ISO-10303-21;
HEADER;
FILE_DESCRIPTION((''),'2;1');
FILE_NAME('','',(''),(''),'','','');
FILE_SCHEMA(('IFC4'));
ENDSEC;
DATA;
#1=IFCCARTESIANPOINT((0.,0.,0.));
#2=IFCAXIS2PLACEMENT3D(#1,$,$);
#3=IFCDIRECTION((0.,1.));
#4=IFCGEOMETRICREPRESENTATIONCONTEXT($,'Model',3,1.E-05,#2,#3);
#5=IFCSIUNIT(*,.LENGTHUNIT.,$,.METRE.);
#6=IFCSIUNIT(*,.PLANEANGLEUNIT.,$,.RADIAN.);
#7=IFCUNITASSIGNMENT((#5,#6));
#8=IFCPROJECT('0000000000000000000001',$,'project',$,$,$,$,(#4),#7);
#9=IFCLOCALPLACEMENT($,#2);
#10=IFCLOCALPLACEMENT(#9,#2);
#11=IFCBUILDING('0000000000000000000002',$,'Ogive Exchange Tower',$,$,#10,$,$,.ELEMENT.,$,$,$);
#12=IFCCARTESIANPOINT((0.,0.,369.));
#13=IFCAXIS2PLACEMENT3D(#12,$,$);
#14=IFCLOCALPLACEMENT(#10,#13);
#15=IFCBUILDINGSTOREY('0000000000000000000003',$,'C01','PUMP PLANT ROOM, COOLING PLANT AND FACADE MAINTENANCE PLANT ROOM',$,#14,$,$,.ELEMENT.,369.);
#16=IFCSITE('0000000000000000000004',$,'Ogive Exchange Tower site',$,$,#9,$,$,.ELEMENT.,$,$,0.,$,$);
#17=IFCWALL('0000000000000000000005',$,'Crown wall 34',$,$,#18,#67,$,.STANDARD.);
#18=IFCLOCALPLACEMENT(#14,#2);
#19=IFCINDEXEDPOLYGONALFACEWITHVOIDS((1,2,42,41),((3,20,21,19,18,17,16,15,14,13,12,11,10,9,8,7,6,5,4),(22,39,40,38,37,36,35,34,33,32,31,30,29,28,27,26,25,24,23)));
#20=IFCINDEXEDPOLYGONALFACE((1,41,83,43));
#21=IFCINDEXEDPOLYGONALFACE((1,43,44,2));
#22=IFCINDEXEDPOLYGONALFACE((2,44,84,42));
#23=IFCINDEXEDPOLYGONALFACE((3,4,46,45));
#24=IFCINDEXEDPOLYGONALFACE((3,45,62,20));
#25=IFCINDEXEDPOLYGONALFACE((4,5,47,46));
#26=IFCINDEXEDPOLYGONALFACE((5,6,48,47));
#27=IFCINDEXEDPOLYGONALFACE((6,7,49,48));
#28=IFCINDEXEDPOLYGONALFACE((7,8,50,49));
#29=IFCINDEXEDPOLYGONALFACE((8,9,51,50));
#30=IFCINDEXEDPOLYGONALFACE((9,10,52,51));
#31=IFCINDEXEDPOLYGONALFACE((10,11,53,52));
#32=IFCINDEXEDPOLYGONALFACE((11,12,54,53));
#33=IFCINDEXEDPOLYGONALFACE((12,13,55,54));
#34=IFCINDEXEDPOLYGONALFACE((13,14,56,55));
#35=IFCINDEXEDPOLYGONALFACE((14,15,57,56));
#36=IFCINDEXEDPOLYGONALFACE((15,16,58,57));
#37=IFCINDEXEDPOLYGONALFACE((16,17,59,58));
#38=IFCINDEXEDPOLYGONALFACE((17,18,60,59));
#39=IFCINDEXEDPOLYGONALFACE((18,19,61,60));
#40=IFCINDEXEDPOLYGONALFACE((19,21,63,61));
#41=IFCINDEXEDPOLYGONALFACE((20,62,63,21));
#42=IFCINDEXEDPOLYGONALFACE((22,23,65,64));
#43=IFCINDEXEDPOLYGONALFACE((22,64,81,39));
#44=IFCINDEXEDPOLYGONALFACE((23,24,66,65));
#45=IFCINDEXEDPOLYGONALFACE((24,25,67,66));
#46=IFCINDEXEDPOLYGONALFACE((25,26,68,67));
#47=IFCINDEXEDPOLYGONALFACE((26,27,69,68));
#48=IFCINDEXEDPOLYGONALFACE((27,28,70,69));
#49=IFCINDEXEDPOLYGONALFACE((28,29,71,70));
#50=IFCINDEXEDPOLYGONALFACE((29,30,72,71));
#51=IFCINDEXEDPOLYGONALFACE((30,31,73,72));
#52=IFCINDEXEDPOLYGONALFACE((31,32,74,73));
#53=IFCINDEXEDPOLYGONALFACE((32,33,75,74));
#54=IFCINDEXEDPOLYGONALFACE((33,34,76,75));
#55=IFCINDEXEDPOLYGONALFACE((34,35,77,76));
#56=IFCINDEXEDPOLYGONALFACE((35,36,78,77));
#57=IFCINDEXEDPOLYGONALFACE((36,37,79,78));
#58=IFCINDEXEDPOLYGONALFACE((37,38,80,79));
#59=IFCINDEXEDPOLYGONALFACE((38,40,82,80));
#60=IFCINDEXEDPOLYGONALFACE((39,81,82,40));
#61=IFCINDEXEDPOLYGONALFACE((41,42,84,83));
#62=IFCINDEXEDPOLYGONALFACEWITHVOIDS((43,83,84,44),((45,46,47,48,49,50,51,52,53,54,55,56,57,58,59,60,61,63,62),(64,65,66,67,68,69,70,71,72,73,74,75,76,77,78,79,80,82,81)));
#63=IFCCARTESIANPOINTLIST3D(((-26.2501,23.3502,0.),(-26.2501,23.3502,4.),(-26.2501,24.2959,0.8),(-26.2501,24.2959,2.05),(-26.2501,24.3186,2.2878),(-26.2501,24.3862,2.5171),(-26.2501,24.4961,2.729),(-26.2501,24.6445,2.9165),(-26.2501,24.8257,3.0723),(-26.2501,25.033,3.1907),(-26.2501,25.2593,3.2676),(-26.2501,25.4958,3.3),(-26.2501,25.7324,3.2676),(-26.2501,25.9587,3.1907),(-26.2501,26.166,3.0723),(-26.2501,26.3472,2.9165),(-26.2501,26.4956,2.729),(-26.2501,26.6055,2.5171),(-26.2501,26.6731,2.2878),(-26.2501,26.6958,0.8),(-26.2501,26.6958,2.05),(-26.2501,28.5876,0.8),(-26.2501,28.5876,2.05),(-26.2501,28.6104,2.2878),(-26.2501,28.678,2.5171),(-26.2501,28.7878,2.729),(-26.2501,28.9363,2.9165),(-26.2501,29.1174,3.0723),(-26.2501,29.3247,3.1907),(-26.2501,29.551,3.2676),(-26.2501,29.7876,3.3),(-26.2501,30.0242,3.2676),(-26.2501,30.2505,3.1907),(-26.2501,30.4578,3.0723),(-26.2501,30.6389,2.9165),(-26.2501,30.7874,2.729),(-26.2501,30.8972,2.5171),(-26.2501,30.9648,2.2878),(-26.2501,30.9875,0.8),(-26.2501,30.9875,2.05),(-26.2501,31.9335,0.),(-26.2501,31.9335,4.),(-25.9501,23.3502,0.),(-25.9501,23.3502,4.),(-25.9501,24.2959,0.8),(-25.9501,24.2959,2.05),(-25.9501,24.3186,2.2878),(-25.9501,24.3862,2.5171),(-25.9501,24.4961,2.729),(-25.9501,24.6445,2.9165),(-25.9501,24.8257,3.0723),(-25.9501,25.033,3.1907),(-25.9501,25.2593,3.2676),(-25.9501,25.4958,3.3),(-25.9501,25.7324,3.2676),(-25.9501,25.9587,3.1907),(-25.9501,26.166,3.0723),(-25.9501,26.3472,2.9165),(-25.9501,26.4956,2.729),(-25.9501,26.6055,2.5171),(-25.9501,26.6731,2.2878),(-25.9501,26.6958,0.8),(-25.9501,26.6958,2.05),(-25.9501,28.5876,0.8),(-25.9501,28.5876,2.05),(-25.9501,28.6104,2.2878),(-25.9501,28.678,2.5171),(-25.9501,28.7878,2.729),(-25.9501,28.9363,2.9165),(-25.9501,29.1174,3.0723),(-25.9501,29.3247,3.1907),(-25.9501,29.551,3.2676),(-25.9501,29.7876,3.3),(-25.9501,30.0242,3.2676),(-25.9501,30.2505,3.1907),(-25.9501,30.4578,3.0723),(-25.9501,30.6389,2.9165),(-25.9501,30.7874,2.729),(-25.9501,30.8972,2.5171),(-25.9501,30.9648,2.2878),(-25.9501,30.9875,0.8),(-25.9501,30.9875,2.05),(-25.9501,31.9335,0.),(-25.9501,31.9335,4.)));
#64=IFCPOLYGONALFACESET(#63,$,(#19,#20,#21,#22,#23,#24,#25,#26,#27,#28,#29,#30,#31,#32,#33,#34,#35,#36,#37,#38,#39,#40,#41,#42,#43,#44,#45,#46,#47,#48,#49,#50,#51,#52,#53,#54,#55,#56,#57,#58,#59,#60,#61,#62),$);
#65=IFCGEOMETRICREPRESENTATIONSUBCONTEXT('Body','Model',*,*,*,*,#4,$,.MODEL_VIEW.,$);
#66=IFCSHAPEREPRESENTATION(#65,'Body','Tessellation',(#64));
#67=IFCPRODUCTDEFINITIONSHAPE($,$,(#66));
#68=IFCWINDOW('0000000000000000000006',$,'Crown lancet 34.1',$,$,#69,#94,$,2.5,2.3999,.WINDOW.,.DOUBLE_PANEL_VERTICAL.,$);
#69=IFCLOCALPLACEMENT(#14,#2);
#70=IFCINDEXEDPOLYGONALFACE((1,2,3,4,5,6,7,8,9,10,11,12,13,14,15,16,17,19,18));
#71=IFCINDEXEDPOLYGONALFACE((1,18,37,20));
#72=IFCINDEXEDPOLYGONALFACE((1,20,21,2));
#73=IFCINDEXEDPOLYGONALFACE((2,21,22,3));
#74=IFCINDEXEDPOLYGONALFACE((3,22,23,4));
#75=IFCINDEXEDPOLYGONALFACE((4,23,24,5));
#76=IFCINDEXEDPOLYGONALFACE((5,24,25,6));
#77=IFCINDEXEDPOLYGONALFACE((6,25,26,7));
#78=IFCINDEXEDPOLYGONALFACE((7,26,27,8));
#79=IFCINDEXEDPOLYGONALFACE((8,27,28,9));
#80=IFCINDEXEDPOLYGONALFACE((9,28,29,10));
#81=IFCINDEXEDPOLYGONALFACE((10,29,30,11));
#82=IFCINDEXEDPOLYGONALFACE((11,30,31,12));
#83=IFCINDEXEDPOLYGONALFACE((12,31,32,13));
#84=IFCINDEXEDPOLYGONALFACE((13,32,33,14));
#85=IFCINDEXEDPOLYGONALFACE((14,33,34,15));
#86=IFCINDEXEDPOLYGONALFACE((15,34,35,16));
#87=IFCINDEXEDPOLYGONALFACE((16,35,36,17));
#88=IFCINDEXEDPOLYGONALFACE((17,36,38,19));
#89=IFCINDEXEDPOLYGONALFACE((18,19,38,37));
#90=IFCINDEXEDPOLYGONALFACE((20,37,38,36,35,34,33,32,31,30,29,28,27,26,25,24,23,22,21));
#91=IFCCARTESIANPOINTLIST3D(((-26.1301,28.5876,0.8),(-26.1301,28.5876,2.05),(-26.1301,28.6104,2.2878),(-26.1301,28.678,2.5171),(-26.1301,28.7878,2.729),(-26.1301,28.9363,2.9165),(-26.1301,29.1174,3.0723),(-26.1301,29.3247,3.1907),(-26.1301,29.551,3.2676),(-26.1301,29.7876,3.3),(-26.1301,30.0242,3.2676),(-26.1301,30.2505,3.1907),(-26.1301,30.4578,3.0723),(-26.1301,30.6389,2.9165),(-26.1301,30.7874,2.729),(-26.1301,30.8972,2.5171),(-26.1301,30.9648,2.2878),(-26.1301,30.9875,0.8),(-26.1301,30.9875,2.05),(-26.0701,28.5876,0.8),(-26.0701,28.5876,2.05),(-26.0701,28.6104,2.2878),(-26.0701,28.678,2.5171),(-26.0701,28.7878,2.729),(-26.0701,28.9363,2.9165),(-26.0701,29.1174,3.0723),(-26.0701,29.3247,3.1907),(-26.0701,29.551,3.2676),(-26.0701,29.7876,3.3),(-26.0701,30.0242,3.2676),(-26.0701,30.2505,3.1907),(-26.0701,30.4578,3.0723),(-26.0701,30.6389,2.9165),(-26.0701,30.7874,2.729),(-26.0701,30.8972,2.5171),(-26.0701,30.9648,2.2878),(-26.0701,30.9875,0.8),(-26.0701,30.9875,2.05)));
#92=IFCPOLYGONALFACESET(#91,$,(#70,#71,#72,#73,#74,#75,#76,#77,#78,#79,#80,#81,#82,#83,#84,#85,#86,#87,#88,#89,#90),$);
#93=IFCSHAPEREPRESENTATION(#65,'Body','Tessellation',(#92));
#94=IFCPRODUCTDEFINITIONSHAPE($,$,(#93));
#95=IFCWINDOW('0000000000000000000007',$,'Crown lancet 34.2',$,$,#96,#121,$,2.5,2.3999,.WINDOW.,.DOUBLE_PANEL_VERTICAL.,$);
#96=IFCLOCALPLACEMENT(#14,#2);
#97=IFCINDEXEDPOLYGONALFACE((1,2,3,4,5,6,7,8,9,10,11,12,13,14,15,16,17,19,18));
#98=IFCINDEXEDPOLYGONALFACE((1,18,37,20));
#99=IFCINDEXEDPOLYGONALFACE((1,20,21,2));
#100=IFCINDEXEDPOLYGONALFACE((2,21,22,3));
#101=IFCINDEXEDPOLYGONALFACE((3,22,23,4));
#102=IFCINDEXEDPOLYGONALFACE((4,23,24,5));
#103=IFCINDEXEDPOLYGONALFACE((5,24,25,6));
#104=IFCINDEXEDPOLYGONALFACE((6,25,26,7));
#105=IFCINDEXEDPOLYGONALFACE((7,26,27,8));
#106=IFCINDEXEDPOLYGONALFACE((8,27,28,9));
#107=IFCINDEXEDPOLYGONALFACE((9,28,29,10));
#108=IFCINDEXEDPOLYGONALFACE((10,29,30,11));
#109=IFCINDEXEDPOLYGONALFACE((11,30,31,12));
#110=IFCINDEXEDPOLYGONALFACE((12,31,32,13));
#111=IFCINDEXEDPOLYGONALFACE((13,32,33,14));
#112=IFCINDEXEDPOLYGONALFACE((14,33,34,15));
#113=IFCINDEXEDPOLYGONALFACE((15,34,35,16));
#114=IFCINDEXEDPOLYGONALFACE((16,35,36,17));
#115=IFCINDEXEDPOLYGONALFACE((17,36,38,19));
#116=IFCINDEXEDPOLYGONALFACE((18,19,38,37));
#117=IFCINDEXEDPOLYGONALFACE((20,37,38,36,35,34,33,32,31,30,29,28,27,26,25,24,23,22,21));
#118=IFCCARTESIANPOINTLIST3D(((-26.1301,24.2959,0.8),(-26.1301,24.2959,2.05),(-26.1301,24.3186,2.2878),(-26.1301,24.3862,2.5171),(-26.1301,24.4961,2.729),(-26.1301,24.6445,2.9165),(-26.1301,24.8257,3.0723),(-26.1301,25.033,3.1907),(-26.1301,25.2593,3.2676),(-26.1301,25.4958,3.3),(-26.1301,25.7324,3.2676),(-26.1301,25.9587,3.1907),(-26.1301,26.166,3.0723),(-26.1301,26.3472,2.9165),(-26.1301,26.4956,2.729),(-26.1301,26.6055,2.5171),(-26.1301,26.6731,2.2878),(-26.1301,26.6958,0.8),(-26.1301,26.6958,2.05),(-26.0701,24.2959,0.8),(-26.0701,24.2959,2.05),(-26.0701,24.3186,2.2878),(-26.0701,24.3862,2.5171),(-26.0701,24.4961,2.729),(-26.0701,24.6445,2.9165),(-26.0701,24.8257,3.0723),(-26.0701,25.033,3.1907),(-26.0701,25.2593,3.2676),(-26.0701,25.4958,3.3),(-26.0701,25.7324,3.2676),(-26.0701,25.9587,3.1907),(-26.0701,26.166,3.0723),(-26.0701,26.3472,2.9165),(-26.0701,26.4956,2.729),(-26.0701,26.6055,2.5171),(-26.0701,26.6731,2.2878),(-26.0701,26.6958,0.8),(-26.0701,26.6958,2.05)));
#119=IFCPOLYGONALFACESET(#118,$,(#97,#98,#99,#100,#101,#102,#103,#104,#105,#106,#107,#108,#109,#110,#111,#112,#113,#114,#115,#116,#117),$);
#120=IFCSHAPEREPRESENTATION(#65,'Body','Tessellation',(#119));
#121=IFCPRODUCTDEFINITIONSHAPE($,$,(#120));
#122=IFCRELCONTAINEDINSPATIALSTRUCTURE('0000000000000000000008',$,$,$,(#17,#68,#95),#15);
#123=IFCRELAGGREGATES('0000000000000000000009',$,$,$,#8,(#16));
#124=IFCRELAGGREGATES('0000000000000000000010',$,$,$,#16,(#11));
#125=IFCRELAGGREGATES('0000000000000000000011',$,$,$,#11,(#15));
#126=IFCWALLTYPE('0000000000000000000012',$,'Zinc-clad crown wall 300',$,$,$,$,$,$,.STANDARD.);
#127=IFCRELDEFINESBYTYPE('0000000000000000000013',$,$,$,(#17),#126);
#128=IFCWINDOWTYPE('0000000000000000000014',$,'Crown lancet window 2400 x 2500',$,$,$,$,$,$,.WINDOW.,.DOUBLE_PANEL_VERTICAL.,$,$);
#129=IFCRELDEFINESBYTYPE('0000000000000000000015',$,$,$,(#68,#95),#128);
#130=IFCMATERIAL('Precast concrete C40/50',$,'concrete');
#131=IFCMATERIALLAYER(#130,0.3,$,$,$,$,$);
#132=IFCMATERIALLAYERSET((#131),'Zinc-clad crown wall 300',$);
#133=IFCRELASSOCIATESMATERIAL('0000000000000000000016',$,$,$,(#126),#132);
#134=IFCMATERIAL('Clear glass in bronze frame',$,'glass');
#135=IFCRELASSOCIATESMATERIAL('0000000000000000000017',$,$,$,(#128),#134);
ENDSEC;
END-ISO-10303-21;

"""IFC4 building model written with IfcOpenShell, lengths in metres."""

from ifc_helpers import new_model, si_unit, direction, frame, frame_2d, origin, place, context, subcontext, project, spatial, polyline, rectangle, outline, extrude, material, layer, layer_set, type_object, element, fill, save


model = new_model("IFC4")

# Units and contexts
model_context = context("Model", 3, precision=1e-05, world=origin(), true_north=direction((0.0, 1.0)))
body_context = subcontext(model_context, "Body", "Model", "MODEL_VIEW")
ifc_project = project(units=[si_unit("LENGTHUNIT", "METRE"), si_unit("PLANEANGLEUNIT", "RADIAN")], contexts=[model_context])

# Site, building, storey
site_placement = place(None, origin())
site = spatial("IfcSite", under=ifc_project, at=site_placement, Name="Ogive Exchange Tower site", CompositionType="ELEMENT", RefElevation=0.0)
building_placement = place(site_placement, origin())
building = spatial("IfcBuilding", under=site, at=building_placement, Name="Ogive Exchange Tower", CompositionType="ELEMENT")
storey_placement = place(building_placement, frame((0.0, 0.0, 369.0)))
storey = spatial("IfcBuildingStorey", under=building, at=storey_placement, Name="C01", Description="PUMP PLANT ROOM, COOLING PLANT AND FACADE MAINTENANCE PLANT ROOM", CompositionType="ELEMENT", Elevation=369.0)

# Wall, openings, windows
ifc_material_1 = material(Name="Precast concrete C40/50", Category="concrete")
ifc_layer_1 = layer(ifc_material_1, 0.3)
ifc_layer_set_1 = layer_set([ifc_layer_1], Name="Zinc-clad crown wall 300")
wall_type_1 = type_object("IfcWallType", Name="Zinc-clad crown wall 300", PredefinedType="STANDARD", material=ifc_layer_set_1)
ifc_material_2 = material(Name="Clear glass in bronze frame", Category="glass")
window_type = type_object("IfcWindowType", Name="Crown lancet window 2400 x 2500", PartitioningType="DOUBLE_PANEL_VERTICAL", PredefinedType="WINDOW", material=ifc_material_2)
wall_1_placement = place(storey_placement, frame((-26.1001, 31.9333, 0.0), z_axis=(0.0, 0.0, 1.0), x_axis=(0.0, -1.0, 0.0)))
wall_1 = element("IfcWall", 1, at=wall_1_placement, inside=storey, type_object=wall_type_1, Name="Crown wall 34", PredefinedType="STANDARD", context=body_context, shape_type="SweptSolid", body=[
    extrude(rectangle(XDim=8.5833, YDim=0.3, at=frame_2d((4.2915, 0.0))), origin(), (0.0, 0.0, 1.0), 4.0),
])
opening_1_placement = place(wall_1_placement, frame((0.9458, 0.0, 0.8)))
opening_1 = element("IfcOpeningElement", 2, at=opening_1_placement, cuts=wall_1, PredefinedType="OPENING", context=body_context, shape_type="SweptSolid", body=[
    extrude(outline(polyline([(0.0, 0.0), (2.3999, 0.0), (2.3999, 1.25), (2.3772, 1.4878), (2.3096, 1.717), (2.1997, 1.929), (2.0513, 2.1165), (1.8701, 2.2722), (1.6628, 2.3906), (1.4365, 2.4675), (1.2, 2.5), (0.9634, 2.4675), (0.7371, 2.3906), (0.5298, 2.2722), (0.3486, 2.1165), (0.2002, 1.929), (0.0903, 1.717), (0.0227, 1.4878), (0.0, 1.25), (0.0, 0.0)])), frame((0.0, 0.1599, 0.0), z_axis=(0.0, -1.0, 0.0), x_axis=(1.0, 0.0, 0.0)), (0.0, 0.0, 1.0), 0.3201),
])
opening_2_placement = place(wall_1_placement, frame((5.2375, 0.0, 0.8)))
opening_2 = element("IfcOpeningElement", 3, at=opening_2_placement, cuts=wall_1, PredefinedType="OPENING", context=body_context, shape_type="SweptSolid", body=[
    extrude(outline(polyline([(0.0, 0.0), (2.3999, 0.0), (2.3999, 1.25), (2.3772, 1.4878), (2.3096, 1.717), (2.1997, 1.929), (2.0513, 2.1165), (1.8701, 2.2722), (1.6628, 2.3906), (1.4365, 2.4675), (1.2, 2.5), (0.9634, 2.4675), (0.7371, 2.3906), (0.5298, 2.2722), (0.3486, 2.1165), (0.2002, 1.929), (0.0903, 1.717), (0.0227, 1.4878), (0.0, 1.25), (0.0, 0.0)])), frame((0.0, 0.1599, 0.0), z_axis=(0.0, -1.0, 0.0), x_axis=(1.0, 0.0, 0.0)), (0.0, 0.0, 1.0), 0.3201),
])
window_1_placement = place(opening_1_placement, origin())
window_1 = element("IfcWindow", 4, at=window_1_placement, inside=storey, type_object=window_type, Name="Crown lancet 34.1", OverallHeight=2.5, OverallWidth=2.3999, PartitioningType="DOUBLE_PANEL_VERTICAL", PredefinedType="WINDOW", context=body_context, shape_type="SweptSolid", body=[
    extrude(outline(polyline([(0.0, 0.0), (2.3999, 0.0), (2.3999, 1.25), (2.3772, 1.4878), (2.3096, 1.717), (2.1997, 1.929), (2.0513, 2.1165), (1.8701, 2.2722), (1.6628, 2.3906), (1.4365, 2.4675), (1.2, 2.5), (0.9634, 2.4675), (0.7371, 2.3906), (0.5298, 2.2722), (0.3486, 2.1165), (0.2002, 1.929), (0.0903, 1.717), (0.0227, 1.4878), (0.0, 1.25), (0.0, 0.0)])), frame((0.0, 0.03, 0.0), z_axis=(0.0, -1.0, 0.0), x_axis=(1.0, 0.0, 0.0)), (0.0, 0.0, 1.0), 0.0601),
])
fill(opening_1, window_1)
window_2_placement = place(opening_2_placement, origin())
window_2 = element("IfcWindow", 5, at=window_2_placement, inside=storey, type_object=window_type, Name="Crown lancet 34.2", OverallHeight=2.5, OverallWidth=2.3999, PartitioningType="DOUBLE_PANEL_VERTICAL", PredefinedType="WINDOW", context=body_context, shape_type="SweptSolid", body=[
    extrude(outline(polyline([(0.0, 0.0), (2.3999, 0.0), (2.3999, 1.25), (2.3772, 1.4878), (2.3096, 1.717), (2.1997, 1.929), (2.0513, 2.1165), (1.8701, 2.2722), (1.6628, 2.3906), (1.4365, 2.4675), (1.2, 2.5), (0.9634, 2.4675), (0.7371, 2.3906), (0.5298, 2.2722), (0.3486, 2.1165), (0.2002, 1.929), (0.0903, 1.717), (0.0227, 1.4878), (0.0, 1.25), (0.0, 0.0)])), frame((0.0, 0.03, 0.0), z_axis=(0.0, -1.0, 0.0), x_axis=(1.0, 0.0, 0.0)), (0.0, 0.0, 1.0), 0.0601),
])
fill(opening_2, window_2)

save(model, "model.ifc")
